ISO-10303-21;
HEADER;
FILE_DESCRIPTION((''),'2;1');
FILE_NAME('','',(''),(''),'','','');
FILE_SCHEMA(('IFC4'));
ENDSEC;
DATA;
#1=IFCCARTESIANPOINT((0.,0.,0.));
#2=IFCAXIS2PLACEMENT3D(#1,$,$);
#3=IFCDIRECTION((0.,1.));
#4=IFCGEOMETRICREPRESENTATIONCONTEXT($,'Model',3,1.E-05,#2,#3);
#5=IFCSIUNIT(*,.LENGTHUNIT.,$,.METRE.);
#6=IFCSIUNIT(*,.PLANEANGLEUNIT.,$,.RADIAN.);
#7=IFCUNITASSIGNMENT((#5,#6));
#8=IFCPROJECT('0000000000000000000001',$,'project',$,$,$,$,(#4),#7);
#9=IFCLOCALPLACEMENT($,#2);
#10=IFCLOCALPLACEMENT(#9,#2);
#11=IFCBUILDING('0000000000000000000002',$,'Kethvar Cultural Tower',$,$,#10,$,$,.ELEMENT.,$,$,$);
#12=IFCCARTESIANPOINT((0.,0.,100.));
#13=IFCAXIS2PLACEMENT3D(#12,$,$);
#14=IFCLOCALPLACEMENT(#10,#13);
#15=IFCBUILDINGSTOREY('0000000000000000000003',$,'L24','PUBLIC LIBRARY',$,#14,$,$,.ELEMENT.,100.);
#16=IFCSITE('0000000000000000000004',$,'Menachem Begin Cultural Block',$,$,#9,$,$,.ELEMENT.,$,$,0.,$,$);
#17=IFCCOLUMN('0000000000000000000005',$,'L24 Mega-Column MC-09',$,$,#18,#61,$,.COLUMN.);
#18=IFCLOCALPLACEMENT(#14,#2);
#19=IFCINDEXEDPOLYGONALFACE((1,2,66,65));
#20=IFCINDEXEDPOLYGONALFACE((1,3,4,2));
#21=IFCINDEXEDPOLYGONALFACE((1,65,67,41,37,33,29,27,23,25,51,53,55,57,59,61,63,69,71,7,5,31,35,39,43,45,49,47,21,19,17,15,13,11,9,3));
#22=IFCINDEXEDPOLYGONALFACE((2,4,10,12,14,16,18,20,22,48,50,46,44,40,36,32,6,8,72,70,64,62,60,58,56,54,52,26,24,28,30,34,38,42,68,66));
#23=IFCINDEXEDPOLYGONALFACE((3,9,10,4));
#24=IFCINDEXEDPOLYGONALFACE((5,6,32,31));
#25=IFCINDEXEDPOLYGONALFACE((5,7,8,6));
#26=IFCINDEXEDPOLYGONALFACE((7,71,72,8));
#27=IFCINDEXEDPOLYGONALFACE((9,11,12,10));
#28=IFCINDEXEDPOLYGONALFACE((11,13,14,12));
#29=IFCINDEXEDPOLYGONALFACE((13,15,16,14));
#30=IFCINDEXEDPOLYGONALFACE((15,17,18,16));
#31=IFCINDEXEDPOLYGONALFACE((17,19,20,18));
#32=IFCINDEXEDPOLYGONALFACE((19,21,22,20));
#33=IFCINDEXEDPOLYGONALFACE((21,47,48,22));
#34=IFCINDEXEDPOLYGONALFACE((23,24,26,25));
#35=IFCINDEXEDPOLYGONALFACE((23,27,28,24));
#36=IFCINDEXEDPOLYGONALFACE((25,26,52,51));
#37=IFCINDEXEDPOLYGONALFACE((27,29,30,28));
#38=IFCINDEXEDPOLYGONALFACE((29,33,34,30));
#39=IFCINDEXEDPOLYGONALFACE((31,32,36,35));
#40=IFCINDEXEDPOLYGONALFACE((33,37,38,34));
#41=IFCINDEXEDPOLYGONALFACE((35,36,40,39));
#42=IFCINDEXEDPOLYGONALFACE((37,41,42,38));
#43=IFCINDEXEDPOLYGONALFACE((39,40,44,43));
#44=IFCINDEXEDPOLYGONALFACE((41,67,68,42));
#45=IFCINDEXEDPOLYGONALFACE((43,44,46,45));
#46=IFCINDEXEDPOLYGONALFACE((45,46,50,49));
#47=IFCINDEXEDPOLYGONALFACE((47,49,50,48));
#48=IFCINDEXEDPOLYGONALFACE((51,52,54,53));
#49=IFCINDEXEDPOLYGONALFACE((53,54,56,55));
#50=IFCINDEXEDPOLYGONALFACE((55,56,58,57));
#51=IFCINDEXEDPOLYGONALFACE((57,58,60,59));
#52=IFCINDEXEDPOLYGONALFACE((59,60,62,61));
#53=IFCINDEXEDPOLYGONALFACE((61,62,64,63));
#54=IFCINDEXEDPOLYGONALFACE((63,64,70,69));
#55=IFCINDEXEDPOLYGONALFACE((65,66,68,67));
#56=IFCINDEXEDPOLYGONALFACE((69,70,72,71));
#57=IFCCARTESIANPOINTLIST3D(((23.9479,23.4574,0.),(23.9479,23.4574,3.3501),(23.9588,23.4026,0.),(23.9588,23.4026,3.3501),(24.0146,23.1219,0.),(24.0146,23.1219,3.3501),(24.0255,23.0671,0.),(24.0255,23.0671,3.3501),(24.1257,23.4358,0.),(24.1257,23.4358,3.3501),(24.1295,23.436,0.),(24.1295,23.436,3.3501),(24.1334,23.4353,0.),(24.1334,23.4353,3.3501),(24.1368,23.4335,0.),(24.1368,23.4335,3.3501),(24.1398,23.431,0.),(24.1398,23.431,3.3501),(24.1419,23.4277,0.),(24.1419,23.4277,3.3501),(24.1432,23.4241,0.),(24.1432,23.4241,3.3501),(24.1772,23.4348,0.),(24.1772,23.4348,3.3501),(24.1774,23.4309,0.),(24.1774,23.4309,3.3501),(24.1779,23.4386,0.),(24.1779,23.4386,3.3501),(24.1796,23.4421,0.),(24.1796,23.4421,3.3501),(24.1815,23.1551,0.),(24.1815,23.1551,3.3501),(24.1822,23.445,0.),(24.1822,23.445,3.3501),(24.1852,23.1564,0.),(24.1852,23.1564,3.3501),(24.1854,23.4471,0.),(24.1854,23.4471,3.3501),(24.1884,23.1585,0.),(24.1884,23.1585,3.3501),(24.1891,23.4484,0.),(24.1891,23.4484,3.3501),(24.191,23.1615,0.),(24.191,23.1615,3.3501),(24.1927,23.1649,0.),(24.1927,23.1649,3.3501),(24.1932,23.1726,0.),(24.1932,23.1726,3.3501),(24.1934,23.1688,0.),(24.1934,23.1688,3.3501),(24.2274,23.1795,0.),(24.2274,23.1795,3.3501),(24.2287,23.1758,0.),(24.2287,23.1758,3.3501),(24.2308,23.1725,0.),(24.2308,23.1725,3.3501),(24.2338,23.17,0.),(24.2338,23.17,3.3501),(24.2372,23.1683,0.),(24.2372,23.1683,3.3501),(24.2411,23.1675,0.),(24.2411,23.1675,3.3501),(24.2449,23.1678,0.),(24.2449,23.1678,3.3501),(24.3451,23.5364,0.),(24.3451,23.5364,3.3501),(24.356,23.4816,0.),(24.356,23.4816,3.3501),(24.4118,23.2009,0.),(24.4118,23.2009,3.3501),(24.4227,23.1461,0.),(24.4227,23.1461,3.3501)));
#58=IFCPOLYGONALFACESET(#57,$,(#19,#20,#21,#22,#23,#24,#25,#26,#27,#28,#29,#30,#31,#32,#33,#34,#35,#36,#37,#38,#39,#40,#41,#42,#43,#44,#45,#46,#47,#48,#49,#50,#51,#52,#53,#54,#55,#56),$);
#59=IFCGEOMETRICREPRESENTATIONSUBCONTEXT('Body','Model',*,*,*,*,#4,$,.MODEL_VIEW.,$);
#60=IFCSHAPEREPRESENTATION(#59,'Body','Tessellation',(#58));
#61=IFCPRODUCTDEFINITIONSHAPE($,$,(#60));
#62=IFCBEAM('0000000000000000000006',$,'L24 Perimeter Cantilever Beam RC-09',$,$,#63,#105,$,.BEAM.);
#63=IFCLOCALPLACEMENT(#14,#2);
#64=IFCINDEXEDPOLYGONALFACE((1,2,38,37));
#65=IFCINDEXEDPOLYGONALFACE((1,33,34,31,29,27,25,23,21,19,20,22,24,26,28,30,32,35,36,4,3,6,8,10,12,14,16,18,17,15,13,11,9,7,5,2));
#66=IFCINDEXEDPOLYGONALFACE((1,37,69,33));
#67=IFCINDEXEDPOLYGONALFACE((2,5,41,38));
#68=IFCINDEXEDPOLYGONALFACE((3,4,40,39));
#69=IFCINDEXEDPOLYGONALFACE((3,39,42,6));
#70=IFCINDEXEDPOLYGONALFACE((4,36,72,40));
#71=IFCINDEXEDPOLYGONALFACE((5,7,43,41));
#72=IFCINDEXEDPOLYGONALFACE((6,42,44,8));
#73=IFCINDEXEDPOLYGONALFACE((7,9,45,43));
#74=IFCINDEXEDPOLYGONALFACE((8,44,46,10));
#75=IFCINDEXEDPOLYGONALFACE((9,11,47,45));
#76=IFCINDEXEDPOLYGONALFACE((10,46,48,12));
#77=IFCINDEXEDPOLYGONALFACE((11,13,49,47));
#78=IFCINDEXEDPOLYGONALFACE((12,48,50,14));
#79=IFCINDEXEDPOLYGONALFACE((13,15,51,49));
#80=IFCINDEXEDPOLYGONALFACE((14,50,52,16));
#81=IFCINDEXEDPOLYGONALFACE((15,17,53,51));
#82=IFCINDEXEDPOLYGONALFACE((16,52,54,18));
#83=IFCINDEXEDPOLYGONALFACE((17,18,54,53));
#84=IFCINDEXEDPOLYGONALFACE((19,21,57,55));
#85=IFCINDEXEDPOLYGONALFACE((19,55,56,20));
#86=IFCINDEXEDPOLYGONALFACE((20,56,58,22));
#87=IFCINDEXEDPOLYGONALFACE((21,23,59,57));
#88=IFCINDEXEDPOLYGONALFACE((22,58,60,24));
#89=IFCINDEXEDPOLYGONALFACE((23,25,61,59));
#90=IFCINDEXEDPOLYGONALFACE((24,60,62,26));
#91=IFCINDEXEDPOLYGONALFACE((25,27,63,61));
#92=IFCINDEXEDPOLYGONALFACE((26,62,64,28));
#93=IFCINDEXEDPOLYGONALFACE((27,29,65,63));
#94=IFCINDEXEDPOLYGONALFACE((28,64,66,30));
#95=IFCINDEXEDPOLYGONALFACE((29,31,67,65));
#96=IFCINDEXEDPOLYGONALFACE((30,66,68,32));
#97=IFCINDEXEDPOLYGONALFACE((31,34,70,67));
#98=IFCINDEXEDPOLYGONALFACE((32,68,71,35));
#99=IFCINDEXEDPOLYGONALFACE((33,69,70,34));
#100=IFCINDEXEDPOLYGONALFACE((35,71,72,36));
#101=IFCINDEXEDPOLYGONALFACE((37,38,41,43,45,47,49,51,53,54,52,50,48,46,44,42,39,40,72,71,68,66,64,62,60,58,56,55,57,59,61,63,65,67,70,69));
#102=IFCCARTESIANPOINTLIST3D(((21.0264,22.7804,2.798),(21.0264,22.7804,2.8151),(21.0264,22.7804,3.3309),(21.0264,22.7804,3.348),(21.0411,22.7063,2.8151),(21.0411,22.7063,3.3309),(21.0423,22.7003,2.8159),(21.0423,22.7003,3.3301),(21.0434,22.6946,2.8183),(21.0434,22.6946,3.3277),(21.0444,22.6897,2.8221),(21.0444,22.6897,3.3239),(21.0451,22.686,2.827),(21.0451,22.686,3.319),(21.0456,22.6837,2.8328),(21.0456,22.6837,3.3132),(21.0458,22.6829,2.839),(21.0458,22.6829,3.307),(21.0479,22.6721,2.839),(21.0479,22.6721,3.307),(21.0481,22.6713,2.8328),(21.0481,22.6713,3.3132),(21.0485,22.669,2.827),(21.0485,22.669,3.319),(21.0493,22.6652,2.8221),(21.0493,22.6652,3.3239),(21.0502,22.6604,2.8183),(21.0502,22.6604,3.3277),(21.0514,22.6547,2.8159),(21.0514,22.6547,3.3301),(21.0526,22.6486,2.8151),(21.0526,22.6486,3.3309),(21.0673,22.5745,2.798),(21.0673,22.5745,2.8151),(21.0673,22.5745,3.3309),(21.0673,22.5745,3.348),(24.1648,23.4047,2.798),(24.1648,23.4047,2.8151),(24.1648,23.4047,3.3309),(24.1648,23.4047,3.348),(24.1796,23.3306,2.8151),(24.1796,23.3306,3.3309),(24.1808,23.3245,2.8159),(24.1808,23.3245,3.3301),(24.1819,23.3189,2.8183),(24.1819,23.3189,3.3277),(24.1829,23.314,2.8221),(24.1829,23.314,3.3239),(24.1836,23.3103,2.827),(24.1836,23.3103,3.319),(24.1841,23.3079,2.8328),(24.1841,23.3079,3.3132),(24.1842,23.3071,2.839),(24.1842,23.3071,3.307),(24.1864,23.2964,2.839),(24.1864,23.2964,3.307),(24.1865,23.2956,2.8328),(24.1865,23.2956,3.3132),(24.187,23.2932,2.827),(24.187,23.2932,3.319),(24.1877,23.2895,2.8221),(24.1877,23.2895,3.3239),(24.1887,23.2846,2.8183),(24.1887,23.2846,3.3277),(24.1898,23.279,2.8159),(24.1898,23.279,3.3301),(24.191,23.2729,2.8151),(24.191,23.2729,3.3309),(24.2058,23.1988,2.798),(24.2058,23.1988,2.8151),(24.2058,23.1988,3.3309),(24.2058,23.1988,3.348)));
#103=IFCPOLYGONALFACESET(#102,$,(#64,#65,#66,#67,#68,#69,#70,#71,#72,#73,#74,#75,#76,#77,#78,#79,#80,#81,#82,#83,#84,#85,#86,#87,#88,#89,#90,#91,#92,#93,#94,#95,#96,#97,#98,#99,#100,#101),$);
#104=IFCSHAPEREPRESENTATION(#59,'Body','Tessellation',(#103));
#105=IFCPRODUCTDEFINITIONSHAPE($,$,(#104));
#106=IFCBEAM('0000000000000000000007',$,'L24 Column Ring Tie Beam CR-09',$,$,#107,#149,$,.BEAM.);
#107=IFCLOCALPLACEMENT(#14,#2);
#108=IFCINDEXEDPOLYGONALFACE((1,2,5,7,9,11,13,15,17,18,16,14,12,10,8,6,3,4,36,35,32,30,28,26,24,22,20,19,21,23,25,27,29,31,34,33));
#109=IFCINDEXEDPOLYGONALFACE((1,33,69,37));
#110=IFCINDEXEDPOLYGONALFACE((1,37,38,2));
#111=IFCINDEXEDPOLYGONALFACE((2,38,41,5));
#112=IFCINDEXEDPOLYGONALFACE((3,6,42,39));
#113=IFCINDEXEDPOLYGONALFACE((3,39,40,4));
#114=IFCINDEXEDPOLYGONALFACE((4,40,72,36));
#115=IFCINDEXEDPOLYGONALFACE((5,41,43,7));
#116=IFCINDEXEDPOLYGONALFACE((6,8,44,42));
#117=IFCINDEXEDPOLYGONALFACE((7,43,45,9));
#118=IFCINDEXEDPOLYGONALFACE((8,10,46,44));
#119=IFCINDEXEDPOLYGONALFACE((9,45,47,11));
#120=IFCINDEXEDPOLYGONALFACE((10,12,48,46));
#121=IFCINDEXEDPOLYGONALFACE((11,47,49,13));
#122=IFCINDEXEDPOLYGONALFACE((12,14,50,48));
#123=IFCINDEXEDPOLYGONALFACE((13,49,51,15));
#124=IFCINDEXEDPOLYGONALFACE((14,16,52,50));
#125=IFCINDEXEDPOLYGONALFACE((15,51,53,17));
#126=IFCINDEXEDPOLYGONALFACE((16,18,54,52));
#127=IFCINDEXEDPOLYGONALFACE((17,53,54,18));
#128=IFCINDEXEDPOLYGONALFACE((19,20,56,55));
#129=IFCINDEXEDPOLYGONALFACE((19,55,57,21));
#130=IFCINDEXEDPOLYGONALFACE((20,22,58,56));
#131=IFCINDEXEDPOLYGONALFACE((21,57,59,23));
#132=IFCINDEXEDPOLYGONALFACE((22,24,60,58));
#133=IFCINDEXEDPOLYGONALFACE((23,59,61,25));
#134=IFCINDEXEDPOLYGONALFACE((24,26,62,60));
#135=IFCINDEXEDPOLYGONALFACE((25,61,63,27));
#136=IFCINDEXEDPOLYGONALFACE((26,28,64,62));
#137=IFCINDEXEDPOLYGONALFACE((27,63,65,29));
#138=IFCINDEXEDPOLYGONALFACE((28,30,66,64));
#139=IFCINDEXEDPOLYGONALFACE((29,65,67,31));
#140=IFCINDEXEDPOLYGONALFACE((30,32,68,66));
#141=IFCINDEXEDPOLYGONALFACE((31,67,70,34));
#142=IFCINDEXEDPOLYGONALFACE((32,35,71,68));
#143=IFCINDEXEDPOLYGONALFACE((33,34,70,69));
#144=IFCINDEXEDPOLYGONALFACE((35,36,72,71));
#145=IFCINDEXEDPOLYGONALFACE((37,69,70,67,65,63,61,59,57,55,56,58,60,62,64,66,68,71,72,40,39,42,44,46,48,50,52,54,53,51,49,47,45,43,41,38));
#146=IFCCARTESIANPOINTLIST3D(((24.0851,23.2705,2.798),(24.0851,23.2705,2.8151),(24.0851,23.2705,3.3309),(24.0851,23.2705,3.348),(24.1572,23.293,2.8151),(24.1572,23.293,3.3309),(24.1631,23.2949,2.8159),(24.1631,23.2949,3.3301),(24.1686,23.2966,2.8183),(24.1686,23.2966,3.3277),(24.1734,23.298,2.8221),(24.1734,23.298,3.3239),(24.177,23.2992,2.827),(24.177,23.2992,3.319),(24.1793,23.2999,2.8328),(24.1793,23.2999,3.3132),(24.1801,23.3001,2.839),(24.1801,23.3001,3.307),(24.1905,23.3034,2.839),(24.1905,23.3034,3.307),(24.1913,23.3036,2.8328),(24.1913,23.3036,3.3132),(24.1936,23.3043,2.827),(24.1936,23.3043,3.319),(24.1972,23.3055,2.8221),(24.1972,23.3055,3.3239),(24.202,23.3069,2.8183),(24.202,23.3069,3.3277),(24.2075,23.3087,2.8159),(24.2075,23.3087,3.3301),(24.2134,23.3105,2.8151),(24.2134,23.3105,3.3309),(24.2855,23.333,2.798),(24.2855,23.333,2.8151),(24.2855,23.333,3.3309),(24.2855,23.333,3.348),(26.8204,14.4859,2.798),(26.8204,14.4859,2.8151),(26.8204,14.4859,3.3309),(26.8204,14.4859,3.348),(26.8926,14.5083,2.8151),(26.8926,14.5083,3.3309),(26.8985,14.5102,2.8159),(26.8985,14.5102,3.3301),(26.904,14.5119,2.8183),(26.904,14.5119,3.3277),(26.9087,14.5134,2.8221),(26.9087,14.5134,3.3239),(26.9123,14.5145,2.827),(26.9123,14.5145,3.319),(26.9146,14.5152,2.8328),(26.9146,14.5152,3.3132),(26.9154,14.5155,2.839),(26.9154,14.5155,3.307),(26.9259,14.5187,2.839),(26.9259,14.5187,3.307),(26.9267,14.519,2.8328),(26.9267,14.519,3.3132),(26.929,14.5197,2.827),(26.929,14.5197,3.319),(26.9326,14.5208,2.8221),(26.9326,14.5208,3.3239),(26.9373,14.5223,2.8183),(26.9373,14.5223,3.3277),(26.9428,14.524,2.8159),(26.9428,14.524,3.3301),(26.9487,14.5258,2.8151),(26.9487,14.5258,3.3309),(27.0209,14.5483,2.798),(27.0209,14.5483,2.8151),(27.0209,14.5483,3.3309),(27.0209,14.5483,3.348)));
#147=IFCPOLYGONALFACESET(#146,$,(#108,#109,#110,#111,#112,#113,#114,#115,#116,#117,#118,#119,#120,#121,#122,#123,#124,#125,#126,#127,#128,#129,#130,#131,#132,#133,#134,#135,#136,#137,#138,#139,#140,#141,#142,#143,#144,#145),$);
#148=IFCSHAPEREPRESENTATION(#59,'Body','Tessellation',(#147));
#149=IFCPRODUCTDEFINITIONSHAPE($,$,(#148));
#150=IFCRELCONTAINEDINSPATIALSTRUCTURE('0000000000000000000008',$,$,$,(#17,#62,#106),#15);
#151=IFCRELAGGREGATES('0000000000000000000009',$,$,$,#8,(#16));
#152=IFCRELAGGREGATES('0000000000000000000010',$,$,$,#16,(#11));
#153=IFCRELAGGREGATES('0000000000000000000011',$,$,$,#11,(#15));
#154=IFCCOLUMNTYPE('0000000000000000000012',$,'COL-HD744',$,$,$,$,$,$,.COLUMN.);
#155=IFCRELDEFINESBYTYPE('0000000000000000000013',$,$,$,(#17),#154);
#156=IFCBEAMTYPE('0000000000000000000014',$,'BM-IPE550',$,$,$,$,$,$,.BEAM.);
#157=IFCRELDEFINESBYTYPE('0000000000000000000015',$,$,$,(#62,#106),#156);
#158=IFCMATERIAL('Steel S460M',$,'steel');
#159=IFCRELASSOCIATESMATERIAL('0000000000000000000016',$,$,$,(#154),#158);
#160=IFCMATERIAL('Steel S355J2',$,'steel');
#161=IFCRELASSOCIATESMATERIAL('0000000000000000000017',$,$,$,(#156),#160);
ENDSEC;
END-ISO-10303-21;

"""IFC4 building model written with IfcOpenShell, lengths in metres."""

from ifc_helpers import new_model, si_unit, direction, frame, origin, origin_2d, place, context, subcontext, project, spatial, i_section, extrude, source, transform, mapped, material, material_profile, profile_set, type_object, element, save


model = new_model("IFC4")

# Units and contexts
model_context = context("Model", 3, precision=1e-05, world=origin(), true_north=direction((0.0, 1.0)))
body_context = subcontext(model_context, "Body", "Model", "MODEL_VIEW")
ifc_project = project(units=[si_unit("LENGTHUNIT", "METRE"), si_unit("PLANEANGLEUNIT", "RADIAN")], contexts=[model_context])

# Site, building, storey
site_placement = place(None, origin())
site = spatial("IfcSite", under=ifc_project, at=site_placement, Name="Menachem Begin Cultural Block", CompositionType="ELEMENT", RefElevation=0.0)
building_placement = place(site_placement, origin())
building = spatial("IfcBuilding", under=site, at=building_placement, Name="Kethvar Cultural Tower", CompositionType="ELEMENT")
storey_placement = place(building_placement, frame((0.0, 0.0, 100.0)))
storey = spatial("IfcBuildingStorey", under=building, at=storey_placement, Name="L24", Description="PUBLIC LIBRARY", CompositionType="ELEMENT", Elevation=100.0)

# Column
ifc_material_1 = material(Name="Steel S460M", Category="steel")
ifc_material_profile_1 = material_profile(ifc_material_1, i_section(OverallWidth=0.405, OverallDepth=0.3979, WebThickness=0.0349, FlangeThickness=0.0559, FilletRadius=0.0149, at=origin_2d()), Name="Steel S460M — HD400x744")
ifc_profile_set_1 = profile_set([ifc_material_profile_1], Name="Steel S460M — HD400x744")
column_type = type_object("IfcColumnType", Name="COL-HD744", PredefinedType="COLUMN", material=ifc_profile_set_1)
shared_shape_1 = source(origin(), body_context, "Body", "SweptSolid", [
    extrude(i_section(OverallWidth=0.405, OverallDepth=0.3979, WebThickness=0.0349, FlangeThickness=0.0559, FilletRadius=0.0149, at=origin_2d()), origin(), (0.0, 0.0, 1.0), 3.3501),
])
column_placement = place(storey_placement, frame((24.1853, 23.3018, 0.0), z_axis=(0.0, 0.0, 1.0), x_axis=(-0.980785, -0.19509, 0.0)))
element("IfcColumn", 1, at=column_placement, inside=storey, type_object=column_type, Name="L24 Mega-Column MC-09", PredefinedType="COLUMN", context=body_context, shape_type="MappedRepresentation", body=[
    mapped(shared_shape_1, transform((0.0, 0.0, 0.0), scale=1.0)),
])

# Beams
ifc_material_2 = material(Name="Steel S355J2", Category="steel")
ifc_material_profile_2 = material_profile(ifc_material_2, i_section(OverallWidth=0.21, OverallDepth=0.55, WebThickness=0.011, FlangeThickness=0.0171, FilletRadius=0.0239, at=origin_2d()), Name="Steel S355J2 — IPE550")
ifc_profile_set_2 = profile_set([ifc_material_profile_2], Name="Steel S355J2 — IPE550")
beam_type_1 = type_object("IfcBeamType", Name="BM-IPE550", PredefinedType="BEAM", material=ifc_profile_set_2)
shared_shape_2 = source(origin(), body_context, "Body", "SweptSolid", [
    extrude(i_section(OverallWidth=0.21, OverallDepth=0.55, WebThickness=0.011, FlangeThickness=0.0171, FilletRadius=0.0239, at=origin_2d()), origin(), (0.0, 0.0, 1.0), 3.2),
])
beam_1_placement = place(storey_placement, frame((24.1853, 23.3018, 3.073), z_axis=(-0.980786, -0.195089, 0.0), x_axis=(0.195089, -0.980786, 0.0)))
element("IfcBeam", 2, at=beam_1_placement, inside=storey, type_object=beam_type_1, Name="L24 Perimeter Cantilever Beam RC-09", PredefinedType="BEAM", context=body_context, shape_type="MappedRepresentation", body=[
    mapped(shared_shape_2, transform((0.0, 0.0, 0.0), scale=1.0)),
])
shared_shape_3 = source(origin(), body_context, "Body", "SweptSolid", [
    extrude(i_section(OverallWidth=0.21, OverallDepth=0.55, WebThickness=0.011, FlangeThickness=0.0171, FilletRadius=0.0239, at=origin_2d()), origin(), (0.0, 0.0, 1.0), 9.2007),
])
beam_2_placement = place(storey_placement, frame((24.1853, 23.3018, 3.073), z_axis=(0.297299, -0.954784, 0.0), x_axis=(0.954784, 0.297299, 0.0)))
element("IfcBeam", 3, at=beam_2_placement, inside=storey, type_object=beam_type_1, Name="L24 Column Ring Tie Beam CR-09", PredefinedType="BEAM", context=body_context, shape_type="MappedRepresentation", body=[
    mapped(shared_shape_3, transform((0.0, 0.0, 0.0), scale=1.0)),
])

save(model, "model.ifc")
